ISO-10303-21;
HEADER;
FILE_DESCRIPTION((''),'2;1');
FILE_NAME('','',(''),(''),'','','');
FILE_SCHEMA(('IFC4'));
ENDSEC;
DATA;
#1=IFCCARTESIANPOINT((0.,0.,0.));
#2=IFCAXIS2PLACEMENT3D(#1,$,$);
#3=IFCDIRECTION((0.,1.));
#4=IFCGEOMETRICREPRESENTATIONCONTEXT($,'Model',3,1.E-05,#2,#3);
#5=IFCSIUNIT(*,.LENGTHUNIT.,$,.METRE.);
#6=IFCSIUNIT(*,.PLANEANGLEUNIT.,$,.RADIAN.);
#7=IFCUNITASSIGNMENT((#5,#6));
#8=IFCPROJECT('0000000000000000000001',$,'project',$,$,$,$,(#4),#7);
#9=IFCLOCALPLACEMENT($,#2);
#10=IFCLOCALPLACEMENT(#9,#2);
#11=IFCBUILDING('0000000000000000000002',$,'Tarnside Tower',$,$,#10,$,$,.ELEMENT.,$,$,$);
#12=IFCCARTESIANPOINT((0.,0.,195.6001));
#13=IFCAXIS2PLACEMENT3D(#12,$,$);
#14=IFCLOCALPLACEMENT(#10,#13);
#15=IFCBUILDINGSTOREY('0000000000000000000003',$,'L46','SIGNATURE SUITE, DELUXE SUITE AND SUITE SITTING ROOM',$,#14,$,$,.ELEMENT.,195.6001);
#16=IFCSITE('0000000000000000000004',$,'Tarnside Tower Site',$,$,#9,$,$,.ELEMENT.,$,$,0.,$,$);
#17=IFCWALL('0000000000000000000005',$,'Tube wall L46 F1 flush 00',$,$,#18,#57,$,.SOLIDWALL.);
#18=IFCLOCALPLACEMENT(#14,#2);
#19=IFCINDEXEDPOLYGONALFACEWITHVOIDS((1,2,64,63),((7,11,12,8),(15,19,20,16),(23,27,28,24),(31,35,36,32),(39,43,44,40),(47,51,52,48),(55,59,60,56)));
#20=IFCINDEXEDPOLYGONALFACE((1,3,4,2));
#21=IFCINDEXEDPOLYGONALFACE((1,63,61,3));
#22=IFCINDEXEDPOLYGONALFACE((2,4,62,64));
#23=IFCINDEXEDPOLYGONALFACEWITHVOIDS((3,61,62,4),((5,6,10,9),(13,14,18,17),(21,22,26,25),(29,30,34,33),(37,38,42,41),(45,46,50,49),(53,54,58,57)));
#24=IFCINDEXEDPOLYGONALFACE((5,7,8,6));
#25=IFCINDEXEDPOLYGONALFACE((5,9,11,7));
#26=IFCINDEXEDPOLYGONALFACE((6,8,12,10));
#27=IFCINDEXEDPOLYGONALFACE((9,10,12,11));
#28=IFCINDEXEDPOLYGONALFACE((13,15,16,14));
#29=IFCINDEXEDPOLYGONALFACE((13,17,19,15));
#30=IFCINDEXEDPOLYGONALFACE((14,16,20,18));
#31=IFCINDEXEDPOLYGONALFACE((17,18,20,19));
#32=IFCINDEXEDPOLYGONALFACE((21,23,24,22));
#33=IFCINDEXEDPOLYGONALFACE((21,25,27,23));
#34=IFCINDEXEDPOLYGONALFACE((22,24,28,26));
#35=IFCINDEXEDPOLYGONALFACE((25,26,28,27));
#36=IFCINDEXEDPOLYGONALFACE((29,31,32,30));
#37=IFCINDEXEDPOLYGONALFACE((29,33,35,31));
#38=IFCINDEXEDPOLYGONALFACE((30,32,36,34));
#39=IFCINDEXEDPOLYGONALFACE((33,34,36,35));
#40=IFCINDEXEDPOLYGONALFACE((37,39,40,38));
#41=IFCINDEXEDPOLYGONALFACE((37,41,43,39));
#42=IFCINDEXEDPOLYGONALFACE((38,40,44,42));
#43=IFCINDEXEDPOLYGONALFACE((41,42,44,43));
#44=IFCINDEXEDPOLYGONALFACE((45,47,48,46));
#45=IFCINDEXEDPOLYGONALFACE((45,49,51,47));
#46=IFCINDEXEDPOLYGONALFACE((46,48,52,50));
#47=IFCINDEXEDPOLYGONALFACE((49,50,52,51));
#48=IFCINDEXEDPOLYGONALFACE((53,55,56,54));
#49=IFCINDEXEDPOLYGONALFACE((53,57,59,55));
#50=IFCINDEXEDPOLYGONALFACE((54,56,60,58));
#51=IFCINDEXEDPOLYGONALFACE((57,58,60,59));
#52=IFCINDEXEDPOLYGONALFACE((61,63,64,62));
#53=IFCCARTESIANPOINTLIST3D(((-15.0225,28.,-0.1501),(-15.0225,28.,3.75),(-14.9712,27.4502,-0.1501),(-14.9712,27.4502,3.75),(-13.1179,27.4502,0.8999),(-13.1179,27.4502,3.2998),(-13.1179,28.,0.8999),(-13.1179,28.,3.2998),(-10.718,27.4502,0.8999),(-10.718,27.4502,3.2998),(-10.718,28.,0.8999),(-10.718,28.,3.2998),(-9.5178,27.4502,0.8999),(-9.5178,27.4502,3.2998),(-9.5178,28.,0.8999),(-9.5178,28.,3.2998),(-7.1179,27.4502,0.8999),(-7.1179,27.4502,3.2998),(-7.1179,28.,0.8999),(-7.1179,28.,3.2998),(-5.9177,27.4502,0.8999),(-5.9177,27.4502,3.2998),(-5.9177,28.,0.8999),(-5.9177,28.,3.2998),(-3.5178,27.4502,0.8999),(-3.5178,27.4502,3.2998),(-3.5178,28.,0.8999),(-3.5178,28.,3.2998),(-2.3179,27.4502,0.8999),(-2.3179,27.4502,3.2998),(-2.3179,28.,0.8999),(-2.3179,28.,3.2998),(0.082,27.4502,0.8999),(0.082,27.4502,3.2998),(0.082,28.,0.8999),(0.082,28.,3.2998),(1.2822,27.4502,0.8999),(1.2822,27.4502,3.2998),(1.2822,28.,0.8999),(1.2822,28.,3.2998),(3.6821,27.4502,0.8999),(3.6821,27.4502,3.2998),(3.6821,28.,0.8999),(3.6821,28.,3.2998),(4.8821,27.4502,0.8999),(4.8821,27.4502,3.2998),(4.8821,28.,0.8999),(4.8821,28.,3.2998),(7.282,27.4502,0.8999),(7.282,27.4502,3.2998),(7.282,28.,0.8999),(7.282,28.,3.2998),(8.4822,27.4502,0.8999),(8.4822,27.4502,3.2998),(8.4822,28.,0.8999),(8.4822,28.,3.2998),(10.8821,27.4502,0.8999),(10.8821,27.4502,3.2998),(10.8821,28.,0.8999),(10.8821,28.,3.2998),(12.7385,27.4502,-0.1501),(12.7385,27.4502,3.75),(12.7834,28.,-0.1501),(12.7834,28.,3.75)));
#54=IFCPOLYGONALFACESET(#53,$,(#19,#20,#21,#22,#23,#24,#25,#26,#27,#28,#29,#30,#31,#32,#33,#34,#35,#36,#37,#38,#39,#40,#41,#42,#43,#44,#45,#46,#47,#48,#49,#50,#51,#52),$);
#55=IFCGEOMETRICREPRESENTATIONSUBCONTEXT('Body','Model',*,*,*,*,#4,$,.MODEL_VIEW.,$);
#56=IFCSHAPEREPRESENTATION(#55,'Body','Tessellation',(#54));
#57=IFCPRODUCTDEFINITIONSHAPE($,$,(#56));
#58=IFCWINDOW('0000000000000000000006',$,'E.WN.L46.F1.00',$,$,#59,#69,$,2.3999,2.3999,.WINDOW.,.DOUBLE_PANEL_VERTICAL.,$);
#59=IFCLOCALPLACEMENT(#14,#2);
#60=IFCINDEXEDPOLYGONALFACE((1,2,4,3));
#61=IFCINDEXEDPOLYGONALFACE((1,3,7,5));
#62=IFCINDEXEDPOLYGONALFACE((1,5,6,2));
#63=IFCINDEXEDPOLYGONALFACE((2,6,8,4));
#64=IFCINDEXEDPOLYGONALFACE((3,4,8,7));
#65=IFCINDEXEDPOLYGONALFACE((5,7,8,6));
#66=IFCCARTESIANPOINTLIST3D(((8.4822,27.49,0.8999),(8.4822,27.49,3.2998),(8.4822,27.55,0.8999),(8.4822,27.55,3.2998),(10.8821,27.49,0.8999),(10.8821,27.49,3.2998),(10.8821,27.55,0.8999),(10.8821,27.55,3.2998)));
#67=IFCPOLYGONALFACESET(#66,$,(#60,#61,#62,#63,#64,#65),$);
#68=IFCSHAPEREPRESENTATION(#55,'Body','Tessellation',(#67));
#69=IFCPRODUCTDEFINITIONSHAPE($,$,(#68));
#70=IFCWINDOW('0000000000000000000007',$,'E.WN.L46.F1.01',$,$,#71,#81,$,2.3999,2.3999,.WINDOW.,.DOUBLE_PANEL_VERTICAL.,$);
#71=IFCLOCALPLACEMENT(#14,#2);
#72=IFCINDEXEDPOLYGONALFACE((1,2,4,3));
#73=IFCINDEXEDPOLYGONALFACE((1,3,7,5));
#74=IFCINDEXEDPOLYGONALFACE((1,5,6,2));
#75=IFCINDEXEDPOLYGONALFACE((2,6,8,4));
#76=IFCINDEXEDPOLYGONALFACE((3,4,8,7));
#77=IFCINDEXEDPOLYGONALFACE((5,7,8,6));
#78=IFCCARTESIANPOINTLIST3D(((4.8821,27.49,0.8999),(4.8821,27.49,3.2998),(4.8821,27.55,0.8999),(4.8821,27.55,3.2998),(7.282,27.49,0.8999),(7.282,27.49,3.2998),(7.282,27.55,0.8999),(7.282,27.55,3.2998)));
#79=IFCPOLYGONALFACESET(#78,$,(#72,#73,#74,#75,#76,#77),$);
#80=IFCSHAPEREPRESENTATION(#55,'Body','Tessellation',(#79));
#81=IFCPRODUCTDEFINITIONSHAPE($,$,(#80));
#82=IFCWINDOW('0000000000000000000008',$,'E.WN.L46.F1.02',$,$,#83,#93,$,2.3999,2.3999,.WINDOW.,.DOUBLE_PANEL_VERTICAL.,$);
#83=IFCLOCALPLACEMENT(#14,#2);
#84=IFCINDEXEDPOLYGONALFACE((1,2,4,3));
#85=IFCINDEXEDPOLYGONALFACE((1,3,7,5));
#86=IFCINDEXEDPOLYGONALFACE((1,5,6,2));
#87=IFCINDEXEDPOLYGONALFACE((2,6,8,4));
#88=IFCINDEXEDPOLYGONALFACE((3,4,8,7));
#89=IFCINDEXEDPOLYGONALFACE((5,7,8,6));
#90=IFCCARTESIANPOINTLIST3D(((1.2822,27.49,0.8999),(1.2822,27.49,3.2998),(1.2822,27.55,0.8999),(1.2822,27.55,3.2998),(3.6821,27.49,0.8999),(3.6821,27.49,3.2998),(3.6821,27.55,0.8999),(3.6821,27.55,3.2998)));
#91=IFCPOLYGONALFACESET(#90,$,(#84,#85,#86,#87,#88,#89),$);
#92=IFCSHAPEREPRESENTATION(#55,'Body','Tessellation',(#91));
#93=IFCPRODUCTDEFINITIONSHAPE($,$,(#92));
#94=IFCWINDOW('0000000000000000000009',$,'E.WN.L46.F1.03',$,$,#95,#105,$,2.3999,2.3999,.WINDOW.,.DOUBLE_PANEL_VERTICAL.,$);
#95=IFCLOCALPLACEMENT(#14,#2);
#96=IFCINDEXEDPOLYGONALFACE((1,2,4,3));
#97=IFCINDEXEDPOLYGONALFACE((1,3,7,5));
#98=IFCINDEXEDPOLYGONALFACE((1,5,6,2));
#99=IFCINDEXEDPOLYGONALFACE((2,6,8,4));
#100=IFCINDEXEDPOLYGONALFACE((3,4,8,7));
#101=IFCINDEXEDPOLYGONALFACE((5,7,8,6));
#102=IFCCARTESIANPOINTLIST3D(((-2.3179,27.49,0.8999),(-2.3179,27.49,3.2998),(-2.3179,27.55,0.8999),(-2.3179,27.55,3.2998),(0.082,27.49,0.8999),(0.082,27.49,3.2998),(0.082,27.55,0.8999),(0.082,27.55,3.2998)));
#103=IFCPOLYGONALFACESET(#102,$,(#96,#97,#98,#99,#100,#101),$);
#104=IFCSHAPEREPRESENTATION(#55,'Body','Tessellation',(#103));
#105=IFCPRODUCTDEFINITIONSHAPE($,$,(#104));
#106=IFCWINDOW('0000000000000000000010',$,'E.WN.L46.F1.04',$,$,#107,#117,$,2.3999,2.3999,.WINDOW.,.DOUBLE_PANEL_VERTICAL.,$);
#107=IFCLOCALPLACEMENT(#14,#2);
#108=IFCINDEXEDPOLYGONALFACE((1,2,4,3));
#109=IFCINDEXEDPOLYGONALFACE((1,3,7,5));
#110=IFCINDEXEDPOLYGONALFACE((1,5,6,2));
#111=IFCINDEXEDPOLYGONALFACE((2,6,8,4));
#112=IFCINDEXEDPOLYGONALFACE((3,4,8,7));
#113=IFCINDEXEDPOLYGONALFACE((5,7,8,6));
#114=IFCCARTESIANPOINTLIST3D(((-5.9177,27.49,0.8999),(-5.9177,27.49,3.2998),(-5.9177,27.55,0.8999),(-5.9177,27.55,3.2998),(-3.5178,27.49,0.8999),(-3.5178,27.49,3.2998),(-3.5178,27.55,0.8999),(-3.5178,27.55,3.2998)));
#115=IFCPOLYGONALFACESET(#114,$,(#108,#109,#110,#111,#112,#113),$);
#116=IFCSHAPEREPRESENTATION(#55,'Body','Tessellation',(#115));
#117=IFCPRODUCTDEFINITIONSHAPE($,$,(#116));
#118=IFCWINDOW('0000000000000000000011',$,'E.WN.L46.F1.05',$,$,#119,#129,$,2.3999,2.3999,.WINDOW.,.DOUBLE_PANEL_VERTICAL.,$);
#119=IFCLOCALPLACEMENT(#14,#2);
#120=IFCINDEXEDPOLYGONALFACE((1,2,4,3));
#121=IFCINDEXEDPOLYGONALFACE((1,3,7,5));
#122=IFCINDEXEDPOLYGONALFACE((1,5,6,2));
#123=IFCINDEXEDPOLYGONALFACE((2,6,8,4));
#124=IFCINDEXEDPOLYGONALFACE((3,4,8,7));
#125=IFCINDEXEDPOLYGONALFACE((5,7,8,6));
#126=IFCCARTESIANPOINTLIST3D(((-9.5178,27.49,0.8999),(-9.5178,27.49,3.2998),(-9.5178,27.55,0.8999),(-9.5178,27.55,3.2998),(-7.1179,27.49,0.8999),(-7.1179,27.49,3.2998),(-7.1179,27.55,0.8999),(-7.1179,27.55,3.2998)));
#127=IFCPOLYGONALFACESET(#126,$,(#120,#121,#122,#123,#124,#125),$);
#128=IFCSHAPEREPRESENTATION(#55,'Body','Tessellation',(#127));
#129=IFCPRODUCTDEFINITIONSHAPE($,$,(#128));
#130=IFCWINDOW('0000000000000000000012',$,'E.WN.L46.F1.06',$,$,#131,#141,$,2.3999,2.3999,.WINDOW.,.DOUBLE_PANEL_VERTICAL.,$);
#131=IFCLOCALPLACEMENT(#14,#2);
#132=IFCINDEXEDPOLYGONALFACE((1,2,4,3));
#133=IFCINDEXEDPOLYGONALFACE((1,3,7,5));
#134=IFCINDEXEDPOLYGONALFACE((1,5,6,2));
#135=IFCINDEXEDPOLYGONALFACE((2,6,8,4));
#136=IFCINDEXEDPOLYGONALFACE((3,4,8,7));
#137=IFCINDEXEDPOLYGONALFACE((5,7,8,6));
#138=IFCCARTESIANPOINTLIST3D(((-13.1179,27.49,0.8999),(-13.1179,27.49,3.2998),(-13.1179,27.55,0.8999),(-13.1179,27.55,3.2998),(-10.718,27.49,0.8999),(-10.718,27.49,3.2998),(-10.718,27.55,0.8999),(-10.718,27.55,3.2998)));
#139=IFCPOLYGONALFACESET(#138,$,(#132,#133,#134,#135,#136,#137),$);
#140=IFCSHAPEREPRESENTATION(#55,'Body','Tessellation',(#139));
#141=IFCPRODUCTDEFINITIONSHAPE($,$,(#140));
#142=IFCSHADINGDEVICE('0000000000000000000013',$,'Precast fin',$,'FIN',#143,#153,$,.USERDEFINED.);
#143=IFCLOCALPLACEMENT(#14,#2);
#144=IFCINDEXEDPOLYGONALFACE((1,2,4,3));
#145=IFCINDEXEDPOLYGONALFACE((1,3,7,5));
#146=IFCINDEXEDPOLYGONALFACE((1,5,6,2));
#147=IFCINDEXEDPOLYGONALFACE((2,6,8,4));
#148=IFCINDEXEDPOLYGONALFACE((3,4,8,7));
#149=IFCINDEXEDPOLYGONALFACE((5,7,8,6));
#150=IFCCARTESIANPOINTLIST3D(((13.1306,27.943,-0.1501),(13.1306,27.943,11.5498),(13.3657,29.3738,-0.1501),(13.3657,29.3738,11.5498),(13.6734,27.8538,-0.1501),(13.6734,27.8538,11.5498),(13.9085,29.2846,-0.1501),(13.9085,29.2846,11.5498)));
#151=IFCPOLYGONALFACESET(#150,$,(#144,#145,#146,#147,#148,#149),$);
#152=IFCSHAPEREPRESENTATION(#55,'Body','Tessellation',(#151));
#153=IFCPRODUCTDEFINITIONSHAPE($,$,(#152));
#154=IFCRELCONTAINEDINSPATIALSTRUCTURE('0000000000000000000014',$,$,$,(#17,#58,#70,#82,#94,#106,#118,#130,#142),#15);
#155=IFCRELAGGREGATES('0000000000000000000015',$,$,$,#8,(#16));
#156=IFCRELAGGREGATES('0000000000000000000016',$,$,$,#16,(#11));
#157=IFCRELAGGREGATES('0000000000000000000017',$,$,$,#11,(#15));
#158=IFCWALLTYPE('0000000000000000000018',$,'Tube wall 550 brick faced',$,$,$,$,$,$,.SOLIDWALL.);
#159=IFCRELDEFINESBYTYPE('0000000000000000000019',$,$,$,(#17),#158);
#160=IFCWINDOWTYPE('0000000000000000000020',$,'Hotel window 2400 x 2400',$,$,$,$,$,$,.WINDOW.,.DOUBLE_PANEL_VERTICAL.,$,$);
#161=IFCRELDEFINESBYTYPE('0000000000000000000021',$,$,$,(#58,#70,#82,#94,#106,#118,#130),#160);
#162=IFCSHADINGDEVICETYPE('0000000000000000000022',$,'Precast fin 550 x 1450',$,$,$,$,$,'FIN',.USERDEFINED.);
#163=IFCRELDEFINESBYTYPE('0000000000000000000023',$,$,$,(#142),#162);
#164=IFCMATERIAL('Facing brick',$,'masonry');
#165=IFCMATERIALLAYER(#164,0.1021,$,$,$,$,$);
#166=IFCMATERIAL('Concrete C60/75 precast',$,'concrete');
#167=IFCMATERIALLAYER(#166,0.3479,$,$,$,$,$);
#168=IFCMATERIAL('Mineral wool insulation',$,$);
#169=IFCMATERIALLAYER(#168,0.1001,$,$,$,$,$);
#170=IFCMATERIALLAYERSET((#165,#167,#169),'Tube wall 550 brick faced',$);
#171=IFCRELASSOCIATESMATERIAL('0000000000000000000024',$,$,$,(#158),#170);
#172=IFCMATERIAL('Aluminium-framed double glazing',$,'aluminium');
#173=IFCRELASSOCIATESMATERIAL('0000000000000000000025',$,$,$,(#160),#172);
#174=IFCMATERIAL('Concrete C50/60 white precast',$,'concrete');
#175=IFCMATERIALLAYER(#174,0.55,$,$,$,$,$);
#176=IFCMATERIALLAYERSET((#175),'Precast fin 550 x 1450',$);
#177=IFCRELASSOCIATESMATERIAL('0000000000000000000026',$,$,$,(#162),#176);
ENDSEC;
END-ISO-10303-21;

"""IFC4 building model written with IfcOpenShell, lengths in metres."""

from ifc_helpers import new_model, si_unit, direction, frame, frame_2d, origin, place, context, subcontext, project, spatial, polyline, rectangle, outline, extrude, material, layer, layer_set, type_object, element, fill, save


model = new_model("IFC4")

# Units and contexts
model_context = context("Model", 3, precision=1e-05, world=origin(), true_north=direction((0.0, 1.0)))
body_context = subcontext(model_context, "Body", "Model", "MODEL_VIEW")
ifc_project = project(units=[si_unit("LENGTHUNIT", "METRE"), si_unit("PLANEANGLEUNIT", "RADIAN")], contexts=[model_context])

# Site, building, storey
site_placement = place(None, origin())
site = spatial("IfcSite", under=ifc_project, at=site_placement, Name="Tarnside Tower Site", CompositionType="ELEMENT", RefElevation=0.0)
building_placement = place(site_placement, origin())
building = spatial("IfcBuilding", under=site, at=building_placement, Name="Tarnside Tower", CompositionType="ELEMENT")
storey_placement = place(building_placement, frame((0.0, 0.0, 195.6001)))
storey = spatial("IfcBuildingStorey", under=building, at=storey_placement, Name="L46", Description="SIGNATURE SUITE, DELUXE SUITE AND SUITE SITTING ROOM", CompositionType="ELEMENT", Elevation=195.6001)

# Wall, openings, windows
ifc_material_1 = material(Name="Facing brick", Category="masonry")
ifc_layer_1 = layer(ifc_material_1, 0.1021)
ifc_material_2 = material(Name="Concrete C60/75 precast", Category="concrete")
ifc_layer_2 = layer(ifc_material_2, 0.3479)
ifc_material_3 = material(Name="Mineral wool insulation")
ifc_layer_3 = layer(ifc_material_3, 0.1001)
ifc_layer_set_1 = layer_set([ifc_layer_1, ifc_layer_2, ifc_layer_3], Name="Tube wall 550 brick faced")
wall_type_1 = type_object("IfcWallType", Name="Tube wall 550 brick faced", PredefinedType="SOLIDWALL", material=ifc_layer_set_1)
wall_1_placement = place(storey_placement, frame((12.761, 27.7251, -0.1501), z_axis=(0.0, 0.0, 1.0), x_axis=(-1.0, 0.0, 0.0)))
wall_1 = element("IfcWall", 1, at=wall_1_placement, inside=storey, type_object=wall_type_1, Name="Tube wall L46 F1 flush 00", PredefinedType="SOLIDWALL", context=body_context, shape_type="SweptSolid", body=[
    extrude(outline(polyline([(-0.0225, -0.2749), (27.7834, -0.2749), (27.7322, 0.2749), (0.0225, 0.2749), (-0.0225, -0.2749)])), origin(), (0.0, 0.0, 1.0), 3.9001),
])
opening_1_placement = place(wall_1_placement, frame((1.8789, 0.0, 1.05)))
opening_1 = element("IfcOpeningElement", 2, at=opening_1_placement, cuts=wall_1, PredefinedType="OPENING", context=body_context, shape_type="SweptSolid", body=[
    extrude(rectangle(XDim=2.3999, YDim=2.3999, at=frame_2d((1.2, 1.2))), frame((0.0, 0.2852, 0.0), z_axis=(0.0, -1.0, 0.0), x_axis=(1.0, 0.0, 0.0)), (0.0, 0.0, 1.0), 0.5701),
])
opening_2_placement = place(wall_1_placement, frame((5.479, 0.0, 1.05)))
opening_2 = element("IfcOpeningElement", 3, at=opening_2_placement, cuts=wall_1, PredefinedType="OPENING", context=body_context, shape_type="SweptSolid", body=[
    extrude(rectangle(XDim=2.3999, YDim=2.3999, at=frame_2d((1.2, 1.2))), frame((0.0, 0.2852, 0.0), z_axis=(0.0, -1.0, 0.0), x_axis=(1.0, 0.0, 0.0)), (0.0, 0.0, 1.0), 0.5701),
])
opening_3_placement = place(wall_1_placement, frame((9.0789, 0.0, 1.05)))
opening_3 = element("IfcOpeningElement", 4, at=opening_3_placement, cuts=wall_1, PredefinedType="OPENING", context=body_context, shape_type="SweptSolid", body=[
    extrude(rectangle(XDim=2.3999, YDim=2.3999, at=frame_2d((1.2, 1.2))), frame((0.0, 0.2852, 0.0), z_axis=(0.0, -1.0, 0.0), x_axis=(1.0, 0.0, 0.0)), (0.0, 0.0, 1.0), 0.5701),
])
opening_4_placement = place(wall_1_placement, frame((12.679, 0.0, 1.05)))
opening_4 = element("IfcOpeningElement", 5, at=opening_4_placement, cuts=wall_1, PredefinedType="OPENING", context=body_context, shape_type="SweptSolid", body=[
    extrude(rectangle(XDim=2.3999, YDim=2.3999, at=frame_2d((1.2, 1.2))), frame((0.0, 0.2852, 0.0), z_axis=(0.0, -1.0, 0.0), x_axis=(1.0, 0.0, 0.0)), (0.0, 0.0, 1.0), 0.5701),
])
opening_5_placement = place(wall_1_placement, frame((16.2788, 0.0, 1.05)))
opening_5 = element("IfcOpeningElement", 6, at=opening_5_placement, cuts=wall_1, PredefinedType="OPENING", context=body_context, shape_type="SweptSolid", body=[
    extrude(rectangle(XDim=2.3999, YDim=2.3999, at=frame_2d((1.2, 1.2))), frame((0.0, 0.2852, 0.0), z_axis=(0.0, -1.0, 0.0), x_axis=(1.0, 0.0, 0.0)), (0.0, 0.0, 1.0), 0.5701),
])
opening_6_placement = place(wall_1_placement, frame((19.8789, 0.0, 1.05)))
opening_6 = element("IfcOpeningElement", 7, at=opening_6_placement, cuts=wall_1, PredefinedType="OPENING", context=body_context, shape_type="SweptSolid", body=[
    extrude(rectangle(XDim=2.3999, YDim=2.3999, at=frame_2d((1.2, 1.2))), frame((0.0, 0.2852, 0.0), z_axis=(0.0, -1.0, 0.0), x_axis=(1.0, 0.0, 0.0)), (0.0, 0.0, 1.0), 0.5701),
])
opening_7_placement = place(wall_1_placement, frame((23.479, 0.0, 1.05)))
opening_7 = element("IfcOpeningElement", 8, at=opening_7_placement, cuts=wall_1, PredefinedType="OPENING", context=body_context, shape_type="SweptSolid", body=[
    extrude(rectangle(XDim=2.3999, YDim=2.3999, at=frame_2d((1.2, 1.2))), frame((0.0, 0.2852, 0.0), z_axis=(0.0, -1.0, 0.0), x_axis=(1.0, 0.0, 0.0)), (0.0, 0.0, 1.0), 0.5701),
])
ifc_material_4 = material(Name="Aluminium-framed double glazing", Category="aluminium")
window_type = type_object("IfcWindowType", Name="Hotel window 2400 x 2400", PartitioningType="DOUBLE_PANEL_VERTICAL", PredefinedType="WINDOW", material=ifc_material_4)
window_1_placement = place(opening_1_placement, frame((0.0, 0.2051, 0.0)))
window_1 = element("IfcWindow", 9, at=window_1_placement, inside=storey, type_object=window_type, Name="E.WN.L46.F1.00", OverallHeight=2.3999, OverallWidth=2.3999, PartitioningType="DOUBLE_PANEL_VERTICAL", PredefinedType="WINDOW", context=body_context, shape_type="SweptSolid", body=[
    extrude(rectangle(XDim=2.3999, YDim=2.3999, at=frame_2d((1.2, 1.2))), frame((0.0, 0.03, 0.0), z_axis=(0.0, -1.0, 0.0), x_axis=(1.0, 0.0, 0.0)), (0.0, 0.0, 1.0), 0.0601),
])
fill(opening_1, window_1)
window_2_placement = place(opening_2_placement, frame((0.0, 0.2051, 0.0)))
window_2 = element("IfcWindow", 10, at=window_2_placement, inside=storey, type_object=window_type, Name="E.WN.L46.F1.01", OverallHeight=2.3999, OverallWidth=2.3999, PartitioningType="DOUBLE_PANEL_VERTICAL", PredefinedType="WINDOW", context=body_context, shape_type="SweptSolid", body=[
    extrude(rectangle(XDim=2.3999, YDim=2.3999, at=frame_2d((1.2, 1.2))), frame((0.0, 0.03, 0.0), z_axis=(0.0, -1.0, 0.0), x_axis=(1.0, 0.0, 0.0)), (0.0, 0.0, 1.0), 0.0601),
])
fill(opening_2, window_2)
window_3_placement = place(opening_3_placement, frame((0.0, 0.2051, 0.0)))
window_3 = element("IfcWindow", 11, at=window_3_placement, inside=storey, type_object=window_type, Name="E.WN.L46.F1.02", OverallHeight=2.3999, OverallWidth=2.3999, PartitioningType="DOUBLE_PANEL_VERTICAL", PredefinedType="WINDOW", context=body_context, shape_type="SweptSolid", body=[
    extrude(rectangle(XDim=2.3999, YDim=2.3999, at=frame_2d((1.2, 1.2))), frame((0.0, 0.03, 0.0), z_axis=(0.0, -1.0, 0.0), x_axis=(1.0, 0.0, 0.0)), (0.0, 0.0, 1.0), 0.0601),
])
fill(opening_3, window_3)
window_4_placement = place(opening_4_placement, frame((0.0, 0.2051, 0.0)))
window_4 = element("IfcWindow", 12, at=window_4_placement, inside=storey, type_object=window_type, Name="E.WN.L46.F1.03", OverallHeight=2.3999, OverallWidth=2.3999, PartitioningType="DOUBLE_PANEL_VERTICAL", PredefinedType="WINDOW", context=body_context, shape_type="SweptSolid", body=[
    extrude(rectangle(XDim=2.3999, YDim=2.3999, at=frame_2d((1.2, 1.2))), frame((0.0, 0.03, 0.0), z_axis=(0.0, -1.0, 0.0), x_axis=(1.0, 0.0, 0.0)), (0.0, 0.0, 1.0), 0.0601),
])
fill(opening_4, window_4)
window_5_placement = place(opening_5_placement, frame((0.0, 0.2051, 0.0)))
window_5 = element("IfcWindow", 13, at=window_5_placement, inside=storey, type_object=window_type, Name="E.WN.L46.F1.04", OverallHeight=2.3999, OverallWidth=2.3999, PartitioningType="DOUBLE_PANEL_VERTICAL", PredefinedType="WINDOW", context=body_context, shape_type="SweptSolid", body=[
    extrude(rectangle(XDim=2.3999, YDim=2.3999, at=frame_2d((1.2, 1.2))), frame((0.0, 0.03, 0.0), z_axis=(0.0, -1.0, 0.0), x_axis=(1.0, 0.0, 0.0)), (0.0, 0.0, 1.0), 0.0601),
])
fill(opening_5, window_5)
window_6_placement = place(opening_6_placement, frame((0.0, 0.2051, 0.0)))
window_6 = element("IfcWindow", 14, at=window_6_placement, inside=storey, type_object=window_type, Name="E.WN.L46.F1.05", OverallHeight=2.3999, OverallWidth=2.3999, PartitioningType="DOUBLE_PANEL_VERTICAL", PredefinedType="WINDOW", context=body_context, shape_type="SweptSolid", body=[
    extrude(rectangle(XDim=2.3999, YDim=2.3999, at=frame_2d((1.2, 1.2))), frame((0.0, 0.03, 0.0), z_axis=(0.0, -1.0, 0.0), x_axis=(1.0, 0.0, 0.0)), (0.0, 0.0, 1.0), 0.0601),
])
fill(opening_6, window_6)
window_7_placement = place(opening_7_placement, frame((0.0, 0.2051, 0.0)))
window_7 = element("IfcWindow", 15, at=window_7_placement, inside=storey, type_object=window_type, Name="E.WN.L46.F1.06", OverallHeight=2.3999, OverallWidth=2.3999, PartitioningType="DOUBLE_PANEL_VERTICAL", PredefinedType="WINDOW", context=body_context, shape_type="SweptSolid", body=[
    extrude(rectangle(XDim=2.3999, YDim=2.3999, at=frame_2d((1.2, 1.2))), frame((0.0, 0.03, 0.0), z_axis=(0.0, -1.0, 0.0), x_axis=(1.0, 0.0, 0.0)), (0.0, 0.0, 1.0), 0.0601),
])
fill(opening_7, window_7)

# Shading device
ifc_material_5 = material(Name="Concrete C50/60 white precast", Category="concrete")
ifc_layer_4 = layer(ifc_material_5, 0.55)
ifc_layer_set_2 = layer_set([ifc_layer_4], Name="Precast fin 550 x 1450")
shading_device_type_1 = type_object("IfcShadingDeviceType", Name="Precast fin 550 x 1450", ElementType="FIN", PredefinedType="USERDEFINED", material=ifc_layer_set_2)
shading_device_placement = place(storey_placement, frame((13.4019, 27.8984, -0.1501), z_axis=(0.986762, -0.162178, 0.0), x_axis=(0.162178, 0.986762, 0.0)))
element("IfcShadingDevice", 16, at=shading_device_placement, inside=storey, type_object=shading_device_type_1, Name="Precast fin", ObjectType="FIN", PredefinedType="USERDEFINED", context=body_context, shape_type="SweptSolid", body=[
    extrude(outline(polyline([(0.0, 0.0), (1.45, 0.0), (1.45, 11.7), (0.0, 11.7), (0.0, 0.0)])), frame((0.0, 0.0, -0.2749)), (0.0, 0.0, 1.0), 0.55),
])

save(model, "model.ifc")
